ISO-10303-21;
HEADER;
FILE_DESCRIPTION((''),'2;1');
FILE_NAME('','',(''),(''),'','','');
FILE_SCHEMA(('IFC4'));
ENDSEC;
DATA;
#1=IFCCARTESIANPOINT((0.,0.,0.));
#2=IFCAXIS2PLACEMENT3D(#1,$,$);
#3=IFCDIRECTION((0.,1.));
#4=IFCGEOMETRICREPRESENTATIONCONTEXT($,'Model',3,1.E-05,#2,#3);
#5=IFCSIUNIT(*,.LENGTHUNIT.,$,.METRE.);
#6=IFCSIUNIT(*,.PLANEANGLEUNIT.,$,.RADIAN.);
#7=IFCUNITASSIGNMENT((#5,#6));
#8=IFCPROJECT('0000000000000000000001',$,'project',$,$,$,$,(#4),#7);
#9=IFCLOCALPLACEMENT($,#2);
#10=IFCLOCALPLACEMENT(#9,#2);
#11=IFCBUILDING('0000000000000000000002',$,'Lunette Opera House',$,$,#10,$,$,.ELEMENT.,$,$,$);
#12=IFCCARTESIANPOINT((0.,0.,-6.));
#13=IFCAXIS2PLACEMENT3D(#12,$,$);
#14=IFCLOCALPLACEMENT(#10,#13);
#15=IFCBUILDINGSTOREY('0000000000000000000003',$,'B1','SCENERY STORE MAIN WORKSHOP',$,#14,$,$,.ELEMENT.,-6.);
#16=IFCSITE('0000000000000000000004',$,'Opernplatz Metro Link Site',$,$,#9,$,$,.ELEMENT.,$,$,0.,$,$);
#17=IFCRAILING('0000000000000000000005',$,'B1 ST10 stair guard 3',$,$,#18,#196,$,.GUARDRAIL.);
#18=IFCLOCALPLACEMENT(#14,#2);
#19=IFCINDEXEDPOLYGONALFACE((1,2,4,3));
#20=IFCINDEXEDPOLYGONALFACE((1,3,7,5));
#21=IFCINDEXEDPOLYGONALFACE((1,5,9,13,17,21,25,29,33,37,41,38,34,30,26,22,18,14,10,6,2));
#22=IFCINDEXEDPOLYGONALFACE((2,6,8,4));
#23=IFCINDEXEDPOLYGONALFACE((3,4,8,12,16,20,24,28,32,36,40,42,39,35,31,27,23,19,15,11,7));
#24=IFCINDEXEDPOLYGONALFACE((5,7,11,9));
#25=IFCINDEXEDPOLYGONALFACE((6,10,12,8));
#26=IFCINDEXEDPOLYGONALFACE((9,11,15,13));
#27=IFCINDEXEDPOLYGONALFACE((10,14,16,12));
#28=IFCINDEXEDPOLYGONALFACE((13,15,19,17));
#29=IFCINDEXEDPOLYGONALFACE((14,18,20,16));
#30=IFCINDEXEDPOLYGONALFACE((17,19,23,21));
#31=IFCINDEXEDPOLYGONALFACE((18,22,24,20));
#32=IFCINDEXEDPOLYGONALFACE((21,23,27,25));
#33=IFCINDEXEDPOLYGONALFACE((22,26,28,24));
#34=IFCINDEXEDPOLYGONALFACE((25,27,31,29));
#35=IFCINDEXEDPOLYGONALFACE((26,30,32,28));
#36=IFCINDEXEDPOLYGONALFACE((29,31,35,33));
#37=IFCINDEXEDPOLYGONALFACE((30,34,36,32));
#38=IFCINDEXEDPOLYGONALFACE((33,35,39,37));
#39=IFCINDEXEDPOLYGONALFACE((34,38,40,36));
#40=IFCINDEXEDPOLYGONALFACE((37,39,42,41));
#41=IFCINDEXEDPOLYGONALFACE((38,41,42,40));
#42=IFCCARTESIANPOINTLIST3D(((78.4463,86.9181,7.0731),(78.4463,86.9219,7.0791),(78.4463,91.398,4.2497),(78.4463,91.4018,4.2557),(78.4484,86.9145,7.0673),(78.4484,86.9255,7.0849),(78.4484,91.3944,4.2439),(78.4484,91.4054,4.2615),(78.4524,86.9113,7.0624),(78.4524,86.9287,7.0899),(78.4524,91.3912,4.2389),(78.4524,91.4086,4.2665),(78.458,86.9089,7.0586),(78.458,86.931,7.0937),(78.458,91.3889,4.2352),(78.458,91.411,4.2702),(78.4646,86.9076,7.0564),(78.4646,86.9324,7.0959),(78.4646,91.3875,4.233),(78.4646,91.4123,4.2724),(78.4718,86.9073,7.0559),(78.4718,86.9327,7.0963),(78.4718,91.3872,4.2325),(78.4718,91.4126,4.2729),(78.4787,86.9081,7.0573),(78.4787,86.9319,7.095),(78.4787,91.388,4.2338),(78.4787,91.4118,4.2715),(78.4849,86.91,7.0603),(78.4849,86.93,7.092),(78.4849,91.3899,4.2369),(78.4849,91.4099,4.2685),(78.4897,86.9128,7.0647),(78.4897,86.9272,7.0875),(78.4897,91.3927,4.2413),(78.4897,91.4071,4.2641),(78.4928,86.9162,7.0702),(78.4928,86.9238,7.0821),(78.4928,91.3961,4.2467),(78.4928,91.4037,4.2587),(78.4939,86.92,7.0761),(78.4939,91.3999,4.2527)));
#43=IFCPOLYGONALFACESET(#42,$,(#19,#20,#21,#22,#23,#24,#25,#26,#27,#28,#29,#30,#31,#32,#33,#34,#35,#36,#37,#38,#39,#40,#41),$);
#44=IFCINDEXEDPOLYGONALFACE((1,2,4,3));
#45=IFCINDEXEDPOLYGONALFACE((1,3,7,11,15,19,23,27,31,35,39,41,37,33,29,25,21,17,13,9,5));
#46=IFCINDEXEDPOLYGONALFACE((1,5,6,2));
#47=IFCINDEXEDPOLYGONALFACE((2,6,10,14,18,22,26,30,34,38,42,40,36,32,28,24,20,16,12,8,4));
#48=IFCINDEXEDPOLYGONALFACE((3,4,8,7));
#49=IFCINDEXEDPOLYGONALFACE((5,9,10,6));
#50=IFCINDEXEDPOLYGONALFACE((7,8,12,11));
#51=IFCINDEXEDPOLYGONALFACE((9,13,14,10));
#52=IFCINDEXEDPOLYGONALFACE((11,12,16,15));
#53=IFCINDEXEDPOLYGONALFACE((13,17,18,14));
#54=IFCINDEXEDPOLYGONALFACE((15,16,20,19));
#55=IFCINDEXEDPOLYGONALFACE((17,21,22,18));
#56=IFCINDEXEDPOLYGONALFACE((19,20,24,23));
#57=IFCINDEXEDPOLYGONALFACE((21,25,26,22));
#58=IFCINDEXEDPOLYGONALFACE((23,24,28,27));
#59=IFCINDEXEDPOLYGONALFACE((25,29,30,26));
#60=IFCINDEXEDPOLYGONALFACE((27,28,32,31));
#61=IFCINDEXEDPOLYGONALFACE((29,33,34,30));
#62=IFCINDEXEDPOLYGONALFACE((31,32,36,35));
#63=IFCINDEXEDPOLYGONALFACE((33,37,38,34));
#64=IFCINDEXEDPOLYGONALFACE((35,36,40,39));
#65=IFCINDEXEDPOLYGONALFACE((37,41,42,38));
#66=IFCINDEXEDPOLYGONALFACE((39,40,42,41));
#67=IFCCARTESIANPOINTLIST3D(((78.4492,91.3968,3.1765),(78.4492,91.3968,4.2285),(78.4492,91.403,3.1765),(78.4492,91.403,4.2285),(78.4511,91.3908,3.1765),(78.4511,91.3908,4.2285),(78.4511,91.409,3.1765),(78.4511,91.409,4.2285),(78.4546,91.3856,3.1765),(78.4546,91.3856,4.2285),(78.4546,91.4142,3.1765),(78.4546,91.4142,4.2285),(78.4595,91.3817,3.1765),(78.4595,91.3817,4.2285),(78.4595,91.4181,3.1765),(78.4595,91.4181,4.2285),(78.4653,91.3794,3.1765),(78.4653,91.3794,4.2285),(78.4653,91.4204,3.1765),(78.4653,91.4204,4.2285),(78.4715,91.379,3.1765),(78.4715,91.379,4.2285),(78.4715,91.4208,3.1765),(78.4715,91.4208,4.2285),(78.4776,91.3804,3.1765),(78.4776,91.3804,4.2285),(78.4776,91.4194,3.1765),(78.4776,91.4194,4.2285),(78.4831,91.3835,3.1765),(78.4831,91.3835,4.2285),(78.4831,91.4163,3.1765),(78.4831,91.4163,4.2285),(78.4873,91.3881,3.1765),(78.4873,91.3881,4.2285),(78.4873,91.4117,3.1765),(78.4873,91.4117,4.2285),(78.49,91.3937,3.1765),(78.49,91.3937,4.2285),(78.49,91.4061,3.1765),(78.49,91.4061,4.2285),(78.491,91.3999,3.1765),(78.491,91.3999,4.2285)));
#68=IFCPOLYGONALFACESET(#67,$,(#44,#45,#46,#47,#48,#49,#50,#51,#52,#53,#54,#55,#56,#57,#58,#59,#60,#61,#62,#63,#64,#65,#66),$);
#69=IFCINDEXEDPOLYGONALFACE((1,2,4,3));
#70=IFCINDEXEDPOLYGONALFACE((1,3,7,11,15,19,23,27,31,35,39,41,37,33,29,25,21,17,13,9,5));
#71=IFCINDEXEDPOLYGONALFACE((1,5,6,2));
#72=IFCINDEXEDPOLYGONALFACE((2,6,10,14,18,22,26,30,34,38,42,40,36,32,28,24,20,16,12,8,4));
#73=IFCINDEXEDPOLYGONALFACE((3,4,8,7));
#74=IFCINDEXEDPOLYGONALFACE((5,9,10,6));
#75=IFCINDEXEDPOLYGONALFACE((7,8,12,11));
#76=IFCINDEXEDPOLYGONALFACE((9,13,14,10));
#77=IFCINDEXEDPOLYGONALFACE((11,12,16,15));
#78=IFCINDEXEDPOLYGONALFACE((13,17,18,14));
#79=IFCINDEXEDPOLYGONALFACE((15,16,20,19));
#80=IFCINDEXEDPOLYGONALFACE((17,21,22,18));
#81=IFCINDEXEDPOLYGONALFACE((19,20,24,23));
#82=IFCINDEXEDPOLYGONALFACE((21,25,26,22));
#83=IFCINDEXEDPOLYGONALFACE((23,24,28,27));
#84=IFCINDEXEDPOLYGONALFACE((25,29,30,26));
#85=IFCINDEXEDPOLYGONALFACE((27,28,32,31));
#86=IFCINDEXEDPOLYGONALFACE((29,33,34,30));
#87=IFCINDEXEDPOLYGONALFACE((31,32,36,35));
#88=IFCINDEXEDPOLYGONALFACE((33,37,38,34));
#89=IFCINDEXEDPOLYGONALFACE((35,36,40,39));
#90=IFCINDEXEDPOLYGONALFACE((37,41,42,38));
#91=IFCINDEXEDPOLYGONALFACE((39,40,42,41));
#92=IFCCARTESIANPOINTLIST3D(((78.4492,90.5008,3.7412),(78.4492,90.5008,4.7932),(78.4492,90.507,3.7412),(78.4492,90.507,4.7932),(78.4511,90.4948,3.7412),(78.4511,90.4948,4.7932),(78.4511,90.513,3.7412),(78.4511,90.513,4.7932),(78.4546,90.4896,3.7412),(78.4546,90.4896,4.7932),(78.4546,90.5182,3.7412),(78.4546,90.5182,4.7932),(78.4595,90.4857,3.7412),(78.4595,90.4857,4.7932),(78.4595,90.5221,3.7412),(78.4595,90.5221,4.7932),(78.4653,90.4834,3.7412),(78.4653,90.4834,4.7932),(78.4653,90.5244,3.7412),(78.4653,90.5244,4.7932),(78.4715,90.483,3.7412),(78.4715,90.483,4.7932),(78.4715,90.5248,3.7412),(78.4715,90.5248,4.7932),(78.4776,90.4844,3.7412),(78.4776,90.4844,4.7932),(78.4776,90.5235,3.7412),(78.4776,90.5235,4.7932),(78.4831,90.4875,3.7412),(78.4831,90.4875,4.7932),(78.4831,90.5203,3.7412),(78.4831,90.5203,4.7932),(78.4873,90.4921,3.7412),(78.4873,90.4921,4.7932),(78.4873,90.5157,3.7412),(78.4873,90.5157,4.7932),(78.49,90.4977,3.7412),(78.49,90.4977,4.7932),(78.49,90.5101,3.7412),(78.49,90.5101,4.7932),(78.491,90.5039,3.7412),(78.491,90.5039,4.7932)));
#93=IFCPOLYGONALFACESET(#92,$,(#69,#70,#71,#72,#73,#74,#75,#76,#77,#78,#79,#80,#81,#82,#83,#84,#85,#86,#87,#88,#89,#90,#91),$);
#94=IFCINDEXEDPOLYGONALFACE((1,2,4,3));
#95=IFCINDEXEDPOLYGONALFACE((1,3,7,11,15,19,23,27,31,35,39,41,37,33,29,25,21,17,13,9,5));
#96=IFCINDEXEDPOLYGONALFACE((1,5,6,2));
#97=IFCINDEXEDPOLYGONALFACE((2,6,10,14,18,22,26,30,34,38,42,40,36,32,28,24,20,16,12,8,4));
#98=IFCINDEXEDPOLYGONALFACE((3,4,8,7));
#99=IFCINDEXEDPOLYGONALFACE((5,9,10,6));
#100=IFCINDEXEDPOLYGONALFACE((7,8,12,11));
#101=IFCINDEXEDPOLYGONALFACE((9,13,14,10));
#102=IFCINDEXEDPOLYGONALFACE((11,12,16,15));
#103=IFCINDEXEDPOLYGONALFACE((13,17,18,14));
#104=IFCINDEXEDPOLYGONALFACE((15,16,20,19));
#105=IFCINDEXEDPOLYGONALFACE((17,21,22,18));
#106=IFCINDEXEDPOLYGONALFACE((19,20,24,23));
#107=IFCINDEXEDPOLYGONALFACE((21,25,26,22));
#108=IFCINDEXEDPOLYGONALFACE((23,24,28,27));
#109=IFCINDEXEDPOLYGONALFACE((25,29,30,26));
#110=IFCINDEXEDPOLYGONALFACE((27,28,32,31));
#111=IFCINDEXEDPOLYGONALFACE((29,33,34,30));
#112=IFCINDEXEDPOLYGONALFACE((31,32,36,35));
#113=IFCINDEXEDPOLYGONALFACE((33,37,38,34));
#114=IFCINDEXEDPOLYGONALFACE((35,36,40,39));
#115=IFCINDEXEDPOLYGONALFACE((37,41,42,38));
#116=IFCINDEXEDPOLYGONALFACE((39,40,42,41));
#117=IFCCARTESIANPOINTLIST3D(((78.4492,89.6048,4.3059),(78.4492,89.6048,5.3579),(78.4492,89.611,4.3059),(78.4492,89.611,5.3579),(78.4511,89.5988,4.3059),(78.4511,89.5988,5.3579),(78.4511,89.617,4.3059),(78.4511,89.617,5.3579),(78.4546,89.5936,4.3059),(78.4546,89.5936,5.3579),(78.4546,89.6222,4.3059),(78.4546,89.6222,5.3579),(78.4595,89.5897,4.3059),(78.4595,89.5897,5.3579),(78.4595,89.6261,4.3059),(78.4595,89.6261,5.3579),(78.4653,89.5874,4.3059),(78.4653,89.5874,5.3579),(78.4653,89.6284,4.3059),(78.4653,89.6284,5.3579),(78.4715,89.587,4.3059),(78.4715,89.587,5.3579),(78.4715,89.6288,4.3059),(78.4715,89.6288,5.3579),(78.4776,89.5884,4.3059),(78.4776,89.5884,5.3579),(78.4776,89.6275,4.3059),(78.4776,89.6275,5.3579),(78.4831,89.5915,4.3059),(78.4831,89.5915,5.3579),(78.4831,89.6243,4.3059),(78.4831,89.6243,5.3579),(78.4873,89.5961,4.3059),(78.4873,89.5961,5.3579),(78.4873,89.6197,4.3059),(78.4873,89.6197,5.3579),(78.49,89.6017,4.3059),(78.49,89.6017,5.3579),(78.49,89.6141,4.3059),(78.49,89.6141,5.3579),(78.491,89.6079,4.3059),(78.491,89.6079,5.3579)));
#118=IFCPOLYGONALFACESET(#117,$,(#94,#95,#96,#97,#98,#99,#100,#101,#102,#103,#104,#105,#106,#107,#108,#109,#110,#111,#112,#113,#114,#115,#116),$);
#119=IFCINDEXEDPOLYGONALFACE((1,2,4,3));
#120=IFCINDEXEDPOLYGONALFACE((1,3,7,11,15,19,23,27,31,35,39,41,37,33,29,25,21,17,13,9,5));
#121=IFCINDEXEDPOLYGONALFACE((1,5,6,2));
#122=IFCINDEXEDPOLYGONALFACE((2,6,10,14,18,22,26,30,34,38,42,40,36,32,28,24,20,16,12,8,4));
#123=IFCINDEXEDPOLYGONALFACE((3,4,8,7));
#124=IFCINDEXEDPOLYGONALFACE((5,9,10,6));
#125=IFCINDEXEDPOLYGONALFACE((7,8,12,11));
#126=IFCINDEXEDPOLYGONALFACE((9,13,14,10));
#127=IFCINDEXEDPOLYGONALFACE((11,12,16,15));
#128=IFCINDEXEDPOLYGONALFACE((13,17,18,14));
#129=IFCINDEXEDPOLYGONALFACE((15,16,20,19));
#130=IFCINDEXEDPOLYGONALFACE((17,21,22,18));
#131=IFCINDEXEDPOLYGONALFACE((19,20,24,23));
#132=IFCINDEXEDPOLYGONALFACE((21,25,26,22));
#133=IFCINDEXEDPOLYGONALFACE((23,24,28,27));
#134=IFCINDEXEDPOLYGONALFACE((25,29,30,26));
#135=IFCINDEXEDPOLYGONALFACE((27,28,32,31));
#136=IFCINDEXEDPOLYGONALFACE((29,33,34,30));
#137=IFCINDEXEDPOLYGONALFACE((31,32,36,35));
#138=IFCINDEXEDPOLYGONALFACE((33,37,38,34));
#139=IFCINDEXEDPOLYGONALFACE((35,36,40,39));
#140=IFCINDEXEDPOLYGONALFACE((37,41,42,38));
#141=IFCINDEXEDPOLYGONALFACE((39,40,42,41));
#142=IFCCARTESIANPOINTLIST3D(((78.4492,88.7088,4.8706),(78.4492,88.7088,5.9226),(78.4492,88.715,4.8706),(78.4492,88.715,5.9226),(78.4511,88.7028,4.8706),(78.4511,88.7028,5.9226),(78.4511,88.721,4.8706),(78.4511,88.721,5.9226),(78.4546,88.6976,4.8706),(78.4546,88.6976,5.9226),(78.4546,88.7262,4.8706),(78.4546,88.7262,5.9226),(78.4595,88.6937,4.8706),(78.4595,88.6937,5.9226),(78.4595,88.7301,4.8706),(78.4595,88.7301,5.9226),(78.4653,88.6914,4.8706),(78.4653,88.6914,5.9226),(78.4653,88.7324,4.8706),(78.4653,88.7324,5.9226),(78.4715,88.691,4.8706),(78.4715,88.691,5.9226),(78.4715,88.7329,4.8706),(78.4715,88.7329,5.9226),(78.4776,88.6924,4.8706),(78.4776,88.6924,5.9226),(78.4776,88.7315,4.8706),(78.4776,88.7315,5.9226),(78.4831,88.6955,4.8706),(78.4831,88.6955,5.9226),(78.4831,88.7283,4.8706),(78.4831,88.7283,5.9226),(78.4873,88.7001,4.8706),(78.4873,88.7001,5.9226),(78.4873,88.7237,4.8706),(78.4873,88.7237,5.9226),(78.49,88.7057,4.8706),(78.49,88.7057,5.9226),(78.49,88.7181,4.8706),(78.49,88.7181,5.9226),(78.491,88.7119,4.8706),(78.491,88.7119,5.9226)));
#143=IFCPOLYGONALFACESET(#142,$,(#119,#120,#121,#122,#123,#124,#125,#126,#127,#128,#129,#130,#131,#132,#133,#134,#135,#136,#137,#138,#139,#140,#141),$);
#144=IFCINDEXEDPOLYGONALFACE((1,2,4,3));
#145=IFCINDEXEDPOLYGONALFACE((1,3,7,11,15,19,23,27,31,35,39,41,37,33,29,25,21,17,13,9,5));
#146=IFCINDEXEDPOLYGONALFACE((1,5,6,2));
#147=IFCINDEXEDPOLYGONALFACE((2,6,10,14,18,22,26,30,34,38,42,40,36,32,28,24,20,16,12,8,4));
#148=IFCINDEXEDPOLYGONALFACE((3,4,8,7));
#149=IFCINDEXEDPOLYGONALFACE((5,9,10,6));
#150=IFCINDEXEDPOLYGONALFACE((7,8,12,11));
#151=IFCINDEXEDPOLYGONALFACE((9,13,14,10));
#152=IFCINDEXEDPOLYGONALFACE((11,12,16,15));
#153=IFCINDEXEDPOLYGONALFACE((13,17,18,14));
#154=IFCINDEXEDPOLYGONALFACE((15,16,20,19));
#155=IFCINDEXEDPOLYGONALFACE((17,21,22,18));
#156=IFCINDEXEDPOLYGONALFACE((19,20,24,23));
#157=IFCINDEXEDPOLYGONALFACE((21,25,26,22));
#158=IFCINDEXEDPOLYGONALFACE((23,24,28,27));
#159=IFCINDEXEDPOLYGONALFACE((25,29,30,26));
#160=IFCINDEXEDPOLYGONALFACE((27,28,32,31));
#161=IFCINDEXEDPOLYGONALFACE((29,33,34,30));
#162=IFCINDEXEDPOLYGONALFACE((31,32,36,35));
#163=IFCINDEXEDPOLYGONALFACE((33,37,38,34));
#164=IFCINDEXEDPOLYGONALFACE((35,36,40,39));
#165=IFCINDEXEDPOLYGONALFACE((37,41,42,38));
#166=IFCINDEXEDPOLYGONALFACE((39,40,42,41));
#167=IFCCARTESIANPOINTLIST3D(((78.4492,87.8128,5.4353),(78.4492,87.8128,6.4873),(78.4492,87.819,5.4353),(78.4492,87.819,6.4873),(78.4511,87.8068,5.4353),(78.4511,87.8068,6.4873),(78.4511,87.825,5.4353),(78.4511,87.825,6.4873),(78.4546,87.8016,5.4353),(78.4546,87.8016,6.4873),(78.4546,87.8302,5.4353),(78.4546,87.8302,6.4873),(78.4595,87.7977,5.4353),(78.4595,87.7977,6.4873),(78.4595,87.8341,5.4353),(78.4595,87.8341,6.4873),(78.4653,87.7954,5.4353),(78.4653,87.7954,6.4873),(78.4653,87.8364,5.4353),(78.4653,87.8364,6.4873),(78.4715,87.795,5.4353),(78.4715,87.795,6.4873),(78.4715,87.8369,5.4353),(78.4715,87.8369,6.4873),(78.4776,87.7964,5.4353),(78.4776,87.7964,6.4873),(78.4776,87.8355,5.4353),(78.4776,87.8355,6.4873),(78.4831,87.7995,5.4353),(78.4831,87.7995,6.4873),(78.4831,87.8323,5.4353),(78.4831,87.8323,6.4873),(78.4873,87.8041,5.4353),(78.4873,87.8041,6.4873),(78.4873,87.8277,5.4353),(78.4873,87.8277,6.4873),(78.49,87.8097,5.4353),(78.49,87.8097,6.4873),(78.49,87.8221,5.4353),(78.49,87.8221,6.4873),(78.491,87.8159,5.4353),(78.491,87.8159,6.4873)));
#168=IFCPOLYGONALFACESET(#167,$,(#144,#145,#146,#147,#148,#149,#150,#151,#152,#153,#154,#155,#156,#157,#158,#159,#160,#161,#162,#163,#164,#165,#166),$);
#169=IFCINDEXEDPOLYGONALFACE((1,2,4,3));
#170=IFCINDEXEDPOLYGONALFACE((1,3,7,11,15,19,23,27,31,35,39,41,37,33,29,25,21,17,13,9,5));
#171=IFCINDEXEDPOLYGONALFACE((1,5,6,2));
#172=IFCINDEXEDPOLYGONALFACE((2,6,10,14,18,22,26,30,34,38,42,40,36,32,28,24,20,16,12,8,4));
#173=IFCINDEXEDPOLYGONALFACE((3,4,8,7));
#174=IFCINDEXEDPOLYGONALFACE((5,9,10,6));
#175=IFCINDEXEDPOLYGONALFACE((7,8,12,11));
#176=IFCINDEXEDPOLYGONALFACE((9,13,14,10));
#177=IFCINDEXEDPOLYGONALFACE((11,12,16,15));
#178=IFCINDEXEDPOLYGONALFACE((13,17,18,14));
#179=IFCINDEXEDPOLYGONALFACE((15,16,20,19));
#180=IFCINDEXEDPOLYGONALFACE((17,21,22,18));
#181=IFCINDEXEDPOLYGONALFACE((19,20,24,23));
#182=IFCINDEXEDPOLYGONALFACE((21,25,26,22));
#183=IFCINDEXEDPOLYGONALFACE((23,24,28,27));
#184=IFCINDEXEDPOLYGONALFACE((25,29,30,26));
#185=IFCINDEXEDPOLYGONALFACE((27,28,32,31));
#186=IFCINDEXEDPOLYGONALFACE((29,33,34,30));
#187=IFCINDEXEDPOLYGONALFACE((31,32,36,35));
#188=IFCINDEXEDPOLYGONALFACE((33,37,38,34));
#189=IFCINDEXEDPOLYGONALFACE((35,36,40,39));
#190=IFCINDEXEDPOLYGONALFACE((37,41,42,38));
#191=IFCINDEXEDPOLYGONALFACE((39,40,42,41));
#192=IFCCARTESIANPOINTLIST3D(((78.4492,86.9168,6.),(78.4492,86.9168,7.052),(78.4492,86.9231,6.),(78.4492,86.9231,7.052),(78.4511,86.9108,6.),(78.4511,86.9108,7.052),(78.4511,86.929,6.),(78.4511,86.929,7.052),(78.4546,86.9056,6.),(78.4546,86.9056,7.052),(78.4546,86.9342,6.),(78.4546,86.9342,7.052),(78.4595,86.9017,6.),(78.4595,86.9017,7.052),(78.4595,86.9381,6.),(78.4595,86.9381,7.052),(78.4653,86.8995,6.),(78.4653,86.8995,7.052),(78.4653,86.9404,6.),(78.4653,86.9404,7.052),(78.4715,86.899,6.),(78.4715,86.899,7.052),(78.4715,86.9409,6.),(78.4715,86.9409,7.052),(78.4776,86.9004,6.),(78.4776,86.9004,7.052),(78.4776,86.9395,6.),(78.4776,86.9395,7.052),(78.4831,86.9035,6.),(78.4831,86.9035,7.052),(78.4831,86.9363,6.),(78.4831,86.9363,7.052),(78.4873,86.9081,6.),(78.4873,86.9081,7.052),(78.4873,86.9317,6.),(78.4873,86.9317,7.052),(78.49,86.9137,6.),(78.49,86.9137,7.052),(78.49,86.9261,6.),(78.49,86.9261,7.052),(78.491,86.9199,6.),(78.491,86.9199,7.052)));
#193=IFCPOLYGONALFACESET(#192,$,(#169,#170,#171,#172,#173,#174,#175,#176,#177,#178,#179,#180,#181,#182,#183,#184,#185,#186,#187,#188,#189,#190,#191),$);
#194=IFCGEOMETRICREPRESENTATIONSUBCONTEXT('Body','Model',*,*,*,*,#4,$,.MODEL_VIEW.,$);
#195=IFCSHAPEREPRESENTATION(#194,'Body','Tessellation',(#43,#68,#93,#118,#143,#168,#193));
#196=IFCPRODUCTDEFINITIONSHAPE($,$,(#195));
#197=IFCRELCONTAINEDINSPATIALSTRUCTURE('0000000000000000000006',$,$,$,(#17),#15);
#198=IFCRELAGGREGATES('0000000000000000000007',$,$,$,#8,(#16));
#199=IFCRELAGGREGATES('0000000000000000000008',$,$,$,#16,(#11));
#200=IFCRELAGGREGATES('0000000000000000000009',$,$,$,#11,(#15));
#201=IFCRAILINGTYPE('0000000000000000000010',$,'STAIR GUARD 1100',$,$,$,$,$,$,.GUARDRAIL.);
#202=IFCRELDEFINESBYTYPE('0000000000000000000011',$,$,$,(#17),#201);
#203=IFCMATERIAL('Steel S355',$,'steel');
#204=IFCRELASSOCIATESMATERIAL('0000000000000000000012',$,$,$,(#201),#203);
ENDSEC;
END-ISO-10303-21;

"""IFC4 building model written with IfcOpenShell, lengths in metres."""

from ifc_helpers import new_model, si_unit, direction, frame, origin, origin_2d, place, context, subcontext, project, spatial, circle, extrude, material, type_object, element, save


model = new_model("IFC4")

# Units and contexts
model_context = context("Model", 3, precision=1e-05, world=origin(), true_north=direction((0.0, 1.0)))
body_context = subcontext(model_context, "Body", "Model", "MODEL_VIEW")
ifc_project = project(units=[si_unit("LENGTHUNIT", "METRE"), si_unit("PLANEANGLEUNIT", "RADIAN")], contexts=[model_context])

# Site, building, storey
site_placement = place(None, origin())
site = spatial("IfcSite", under=ifc_project, at=site_placement, Name="Opernplatz Metro Link Site", CompositionType="ELEMENT", RefElevation=0.0)
building_placement = place(site_placement, origin())
building = spatial("IfcBuilding", under=site, at=building_placement, Name="Lunette Opera House", CompositionType="ELEMENT")
storey_placement = place(building_placement, frame((0.0, 0.0, -6.0)))
storey = spatial("IfcBuildingStorey", under=building, at=storey_placement, Name="B1", Description="SCENERY STORE MAIN WORKSHOP", CompositionType="ELEMENT", Elevation=-6.0)

# Railing
ifc_material_1 = material(Name="Steel S355", Category="steel")
railing_type = type_object("IfcRailingType", Name="STAIR GUARD 1100", PredefinedType="GUARDRAIL", material=ifc_material_1)
railing_1_placement = place(storey_placement, frame((78.47, 91.3999, 3.1765)))
element("IfcRailing", 1, at=railing_1_placement, inside=storey, type_object=railing_type, Name="B1 ST10 stair guard 3", PredefinedType="GUARDRAIL", context=body_context, shape_type="SweptSolid", body=[
    extrude(circle(Radius=0.0239, at=origin_2d()), frame((0.0, 0.0, 1.0762), z_axis=(0.0, -0.845998, 0.533186), x_axis=(1.0, 0.0, 0.0)), (0.0, 0.0, 1.0), 5.2954),
    extrude(circle(Radius=0.021, at=origin_2d()), origin(), (0.0, 0.0, 1.0), 1.052),
    extrude(circle(Radius=0.021, at=origin_2d()), frame((0.0, -0.896, 0.5647)), (0.0, 0.0, 1.0), 1.052),
    extrude(circle(Radius=0.021, at=origin_2d()), frame((0.0, -1.792, 1.1294)), (0.0, 0.0, 1.0), 1.052),
    extrude(circle(Radius=0.021, at=origin_2d()), frame((0.0, -2.688, 1.6941)), (0.0, 0.0, 1.0), 1.052),
    extrude(circle(Radius=0.021, at=origin_2d()), frame((0.0, -3.584, 2.2588)), (0.0, 0.0, 1.0), 1.052),
    extrude(circle(Radius=0.021, at=origin_2d()), frame((0.0, -4.48, 2.8235)), (0.0, 0.0, 1.0), 1.052),
])

save(model, "model.ifc")
